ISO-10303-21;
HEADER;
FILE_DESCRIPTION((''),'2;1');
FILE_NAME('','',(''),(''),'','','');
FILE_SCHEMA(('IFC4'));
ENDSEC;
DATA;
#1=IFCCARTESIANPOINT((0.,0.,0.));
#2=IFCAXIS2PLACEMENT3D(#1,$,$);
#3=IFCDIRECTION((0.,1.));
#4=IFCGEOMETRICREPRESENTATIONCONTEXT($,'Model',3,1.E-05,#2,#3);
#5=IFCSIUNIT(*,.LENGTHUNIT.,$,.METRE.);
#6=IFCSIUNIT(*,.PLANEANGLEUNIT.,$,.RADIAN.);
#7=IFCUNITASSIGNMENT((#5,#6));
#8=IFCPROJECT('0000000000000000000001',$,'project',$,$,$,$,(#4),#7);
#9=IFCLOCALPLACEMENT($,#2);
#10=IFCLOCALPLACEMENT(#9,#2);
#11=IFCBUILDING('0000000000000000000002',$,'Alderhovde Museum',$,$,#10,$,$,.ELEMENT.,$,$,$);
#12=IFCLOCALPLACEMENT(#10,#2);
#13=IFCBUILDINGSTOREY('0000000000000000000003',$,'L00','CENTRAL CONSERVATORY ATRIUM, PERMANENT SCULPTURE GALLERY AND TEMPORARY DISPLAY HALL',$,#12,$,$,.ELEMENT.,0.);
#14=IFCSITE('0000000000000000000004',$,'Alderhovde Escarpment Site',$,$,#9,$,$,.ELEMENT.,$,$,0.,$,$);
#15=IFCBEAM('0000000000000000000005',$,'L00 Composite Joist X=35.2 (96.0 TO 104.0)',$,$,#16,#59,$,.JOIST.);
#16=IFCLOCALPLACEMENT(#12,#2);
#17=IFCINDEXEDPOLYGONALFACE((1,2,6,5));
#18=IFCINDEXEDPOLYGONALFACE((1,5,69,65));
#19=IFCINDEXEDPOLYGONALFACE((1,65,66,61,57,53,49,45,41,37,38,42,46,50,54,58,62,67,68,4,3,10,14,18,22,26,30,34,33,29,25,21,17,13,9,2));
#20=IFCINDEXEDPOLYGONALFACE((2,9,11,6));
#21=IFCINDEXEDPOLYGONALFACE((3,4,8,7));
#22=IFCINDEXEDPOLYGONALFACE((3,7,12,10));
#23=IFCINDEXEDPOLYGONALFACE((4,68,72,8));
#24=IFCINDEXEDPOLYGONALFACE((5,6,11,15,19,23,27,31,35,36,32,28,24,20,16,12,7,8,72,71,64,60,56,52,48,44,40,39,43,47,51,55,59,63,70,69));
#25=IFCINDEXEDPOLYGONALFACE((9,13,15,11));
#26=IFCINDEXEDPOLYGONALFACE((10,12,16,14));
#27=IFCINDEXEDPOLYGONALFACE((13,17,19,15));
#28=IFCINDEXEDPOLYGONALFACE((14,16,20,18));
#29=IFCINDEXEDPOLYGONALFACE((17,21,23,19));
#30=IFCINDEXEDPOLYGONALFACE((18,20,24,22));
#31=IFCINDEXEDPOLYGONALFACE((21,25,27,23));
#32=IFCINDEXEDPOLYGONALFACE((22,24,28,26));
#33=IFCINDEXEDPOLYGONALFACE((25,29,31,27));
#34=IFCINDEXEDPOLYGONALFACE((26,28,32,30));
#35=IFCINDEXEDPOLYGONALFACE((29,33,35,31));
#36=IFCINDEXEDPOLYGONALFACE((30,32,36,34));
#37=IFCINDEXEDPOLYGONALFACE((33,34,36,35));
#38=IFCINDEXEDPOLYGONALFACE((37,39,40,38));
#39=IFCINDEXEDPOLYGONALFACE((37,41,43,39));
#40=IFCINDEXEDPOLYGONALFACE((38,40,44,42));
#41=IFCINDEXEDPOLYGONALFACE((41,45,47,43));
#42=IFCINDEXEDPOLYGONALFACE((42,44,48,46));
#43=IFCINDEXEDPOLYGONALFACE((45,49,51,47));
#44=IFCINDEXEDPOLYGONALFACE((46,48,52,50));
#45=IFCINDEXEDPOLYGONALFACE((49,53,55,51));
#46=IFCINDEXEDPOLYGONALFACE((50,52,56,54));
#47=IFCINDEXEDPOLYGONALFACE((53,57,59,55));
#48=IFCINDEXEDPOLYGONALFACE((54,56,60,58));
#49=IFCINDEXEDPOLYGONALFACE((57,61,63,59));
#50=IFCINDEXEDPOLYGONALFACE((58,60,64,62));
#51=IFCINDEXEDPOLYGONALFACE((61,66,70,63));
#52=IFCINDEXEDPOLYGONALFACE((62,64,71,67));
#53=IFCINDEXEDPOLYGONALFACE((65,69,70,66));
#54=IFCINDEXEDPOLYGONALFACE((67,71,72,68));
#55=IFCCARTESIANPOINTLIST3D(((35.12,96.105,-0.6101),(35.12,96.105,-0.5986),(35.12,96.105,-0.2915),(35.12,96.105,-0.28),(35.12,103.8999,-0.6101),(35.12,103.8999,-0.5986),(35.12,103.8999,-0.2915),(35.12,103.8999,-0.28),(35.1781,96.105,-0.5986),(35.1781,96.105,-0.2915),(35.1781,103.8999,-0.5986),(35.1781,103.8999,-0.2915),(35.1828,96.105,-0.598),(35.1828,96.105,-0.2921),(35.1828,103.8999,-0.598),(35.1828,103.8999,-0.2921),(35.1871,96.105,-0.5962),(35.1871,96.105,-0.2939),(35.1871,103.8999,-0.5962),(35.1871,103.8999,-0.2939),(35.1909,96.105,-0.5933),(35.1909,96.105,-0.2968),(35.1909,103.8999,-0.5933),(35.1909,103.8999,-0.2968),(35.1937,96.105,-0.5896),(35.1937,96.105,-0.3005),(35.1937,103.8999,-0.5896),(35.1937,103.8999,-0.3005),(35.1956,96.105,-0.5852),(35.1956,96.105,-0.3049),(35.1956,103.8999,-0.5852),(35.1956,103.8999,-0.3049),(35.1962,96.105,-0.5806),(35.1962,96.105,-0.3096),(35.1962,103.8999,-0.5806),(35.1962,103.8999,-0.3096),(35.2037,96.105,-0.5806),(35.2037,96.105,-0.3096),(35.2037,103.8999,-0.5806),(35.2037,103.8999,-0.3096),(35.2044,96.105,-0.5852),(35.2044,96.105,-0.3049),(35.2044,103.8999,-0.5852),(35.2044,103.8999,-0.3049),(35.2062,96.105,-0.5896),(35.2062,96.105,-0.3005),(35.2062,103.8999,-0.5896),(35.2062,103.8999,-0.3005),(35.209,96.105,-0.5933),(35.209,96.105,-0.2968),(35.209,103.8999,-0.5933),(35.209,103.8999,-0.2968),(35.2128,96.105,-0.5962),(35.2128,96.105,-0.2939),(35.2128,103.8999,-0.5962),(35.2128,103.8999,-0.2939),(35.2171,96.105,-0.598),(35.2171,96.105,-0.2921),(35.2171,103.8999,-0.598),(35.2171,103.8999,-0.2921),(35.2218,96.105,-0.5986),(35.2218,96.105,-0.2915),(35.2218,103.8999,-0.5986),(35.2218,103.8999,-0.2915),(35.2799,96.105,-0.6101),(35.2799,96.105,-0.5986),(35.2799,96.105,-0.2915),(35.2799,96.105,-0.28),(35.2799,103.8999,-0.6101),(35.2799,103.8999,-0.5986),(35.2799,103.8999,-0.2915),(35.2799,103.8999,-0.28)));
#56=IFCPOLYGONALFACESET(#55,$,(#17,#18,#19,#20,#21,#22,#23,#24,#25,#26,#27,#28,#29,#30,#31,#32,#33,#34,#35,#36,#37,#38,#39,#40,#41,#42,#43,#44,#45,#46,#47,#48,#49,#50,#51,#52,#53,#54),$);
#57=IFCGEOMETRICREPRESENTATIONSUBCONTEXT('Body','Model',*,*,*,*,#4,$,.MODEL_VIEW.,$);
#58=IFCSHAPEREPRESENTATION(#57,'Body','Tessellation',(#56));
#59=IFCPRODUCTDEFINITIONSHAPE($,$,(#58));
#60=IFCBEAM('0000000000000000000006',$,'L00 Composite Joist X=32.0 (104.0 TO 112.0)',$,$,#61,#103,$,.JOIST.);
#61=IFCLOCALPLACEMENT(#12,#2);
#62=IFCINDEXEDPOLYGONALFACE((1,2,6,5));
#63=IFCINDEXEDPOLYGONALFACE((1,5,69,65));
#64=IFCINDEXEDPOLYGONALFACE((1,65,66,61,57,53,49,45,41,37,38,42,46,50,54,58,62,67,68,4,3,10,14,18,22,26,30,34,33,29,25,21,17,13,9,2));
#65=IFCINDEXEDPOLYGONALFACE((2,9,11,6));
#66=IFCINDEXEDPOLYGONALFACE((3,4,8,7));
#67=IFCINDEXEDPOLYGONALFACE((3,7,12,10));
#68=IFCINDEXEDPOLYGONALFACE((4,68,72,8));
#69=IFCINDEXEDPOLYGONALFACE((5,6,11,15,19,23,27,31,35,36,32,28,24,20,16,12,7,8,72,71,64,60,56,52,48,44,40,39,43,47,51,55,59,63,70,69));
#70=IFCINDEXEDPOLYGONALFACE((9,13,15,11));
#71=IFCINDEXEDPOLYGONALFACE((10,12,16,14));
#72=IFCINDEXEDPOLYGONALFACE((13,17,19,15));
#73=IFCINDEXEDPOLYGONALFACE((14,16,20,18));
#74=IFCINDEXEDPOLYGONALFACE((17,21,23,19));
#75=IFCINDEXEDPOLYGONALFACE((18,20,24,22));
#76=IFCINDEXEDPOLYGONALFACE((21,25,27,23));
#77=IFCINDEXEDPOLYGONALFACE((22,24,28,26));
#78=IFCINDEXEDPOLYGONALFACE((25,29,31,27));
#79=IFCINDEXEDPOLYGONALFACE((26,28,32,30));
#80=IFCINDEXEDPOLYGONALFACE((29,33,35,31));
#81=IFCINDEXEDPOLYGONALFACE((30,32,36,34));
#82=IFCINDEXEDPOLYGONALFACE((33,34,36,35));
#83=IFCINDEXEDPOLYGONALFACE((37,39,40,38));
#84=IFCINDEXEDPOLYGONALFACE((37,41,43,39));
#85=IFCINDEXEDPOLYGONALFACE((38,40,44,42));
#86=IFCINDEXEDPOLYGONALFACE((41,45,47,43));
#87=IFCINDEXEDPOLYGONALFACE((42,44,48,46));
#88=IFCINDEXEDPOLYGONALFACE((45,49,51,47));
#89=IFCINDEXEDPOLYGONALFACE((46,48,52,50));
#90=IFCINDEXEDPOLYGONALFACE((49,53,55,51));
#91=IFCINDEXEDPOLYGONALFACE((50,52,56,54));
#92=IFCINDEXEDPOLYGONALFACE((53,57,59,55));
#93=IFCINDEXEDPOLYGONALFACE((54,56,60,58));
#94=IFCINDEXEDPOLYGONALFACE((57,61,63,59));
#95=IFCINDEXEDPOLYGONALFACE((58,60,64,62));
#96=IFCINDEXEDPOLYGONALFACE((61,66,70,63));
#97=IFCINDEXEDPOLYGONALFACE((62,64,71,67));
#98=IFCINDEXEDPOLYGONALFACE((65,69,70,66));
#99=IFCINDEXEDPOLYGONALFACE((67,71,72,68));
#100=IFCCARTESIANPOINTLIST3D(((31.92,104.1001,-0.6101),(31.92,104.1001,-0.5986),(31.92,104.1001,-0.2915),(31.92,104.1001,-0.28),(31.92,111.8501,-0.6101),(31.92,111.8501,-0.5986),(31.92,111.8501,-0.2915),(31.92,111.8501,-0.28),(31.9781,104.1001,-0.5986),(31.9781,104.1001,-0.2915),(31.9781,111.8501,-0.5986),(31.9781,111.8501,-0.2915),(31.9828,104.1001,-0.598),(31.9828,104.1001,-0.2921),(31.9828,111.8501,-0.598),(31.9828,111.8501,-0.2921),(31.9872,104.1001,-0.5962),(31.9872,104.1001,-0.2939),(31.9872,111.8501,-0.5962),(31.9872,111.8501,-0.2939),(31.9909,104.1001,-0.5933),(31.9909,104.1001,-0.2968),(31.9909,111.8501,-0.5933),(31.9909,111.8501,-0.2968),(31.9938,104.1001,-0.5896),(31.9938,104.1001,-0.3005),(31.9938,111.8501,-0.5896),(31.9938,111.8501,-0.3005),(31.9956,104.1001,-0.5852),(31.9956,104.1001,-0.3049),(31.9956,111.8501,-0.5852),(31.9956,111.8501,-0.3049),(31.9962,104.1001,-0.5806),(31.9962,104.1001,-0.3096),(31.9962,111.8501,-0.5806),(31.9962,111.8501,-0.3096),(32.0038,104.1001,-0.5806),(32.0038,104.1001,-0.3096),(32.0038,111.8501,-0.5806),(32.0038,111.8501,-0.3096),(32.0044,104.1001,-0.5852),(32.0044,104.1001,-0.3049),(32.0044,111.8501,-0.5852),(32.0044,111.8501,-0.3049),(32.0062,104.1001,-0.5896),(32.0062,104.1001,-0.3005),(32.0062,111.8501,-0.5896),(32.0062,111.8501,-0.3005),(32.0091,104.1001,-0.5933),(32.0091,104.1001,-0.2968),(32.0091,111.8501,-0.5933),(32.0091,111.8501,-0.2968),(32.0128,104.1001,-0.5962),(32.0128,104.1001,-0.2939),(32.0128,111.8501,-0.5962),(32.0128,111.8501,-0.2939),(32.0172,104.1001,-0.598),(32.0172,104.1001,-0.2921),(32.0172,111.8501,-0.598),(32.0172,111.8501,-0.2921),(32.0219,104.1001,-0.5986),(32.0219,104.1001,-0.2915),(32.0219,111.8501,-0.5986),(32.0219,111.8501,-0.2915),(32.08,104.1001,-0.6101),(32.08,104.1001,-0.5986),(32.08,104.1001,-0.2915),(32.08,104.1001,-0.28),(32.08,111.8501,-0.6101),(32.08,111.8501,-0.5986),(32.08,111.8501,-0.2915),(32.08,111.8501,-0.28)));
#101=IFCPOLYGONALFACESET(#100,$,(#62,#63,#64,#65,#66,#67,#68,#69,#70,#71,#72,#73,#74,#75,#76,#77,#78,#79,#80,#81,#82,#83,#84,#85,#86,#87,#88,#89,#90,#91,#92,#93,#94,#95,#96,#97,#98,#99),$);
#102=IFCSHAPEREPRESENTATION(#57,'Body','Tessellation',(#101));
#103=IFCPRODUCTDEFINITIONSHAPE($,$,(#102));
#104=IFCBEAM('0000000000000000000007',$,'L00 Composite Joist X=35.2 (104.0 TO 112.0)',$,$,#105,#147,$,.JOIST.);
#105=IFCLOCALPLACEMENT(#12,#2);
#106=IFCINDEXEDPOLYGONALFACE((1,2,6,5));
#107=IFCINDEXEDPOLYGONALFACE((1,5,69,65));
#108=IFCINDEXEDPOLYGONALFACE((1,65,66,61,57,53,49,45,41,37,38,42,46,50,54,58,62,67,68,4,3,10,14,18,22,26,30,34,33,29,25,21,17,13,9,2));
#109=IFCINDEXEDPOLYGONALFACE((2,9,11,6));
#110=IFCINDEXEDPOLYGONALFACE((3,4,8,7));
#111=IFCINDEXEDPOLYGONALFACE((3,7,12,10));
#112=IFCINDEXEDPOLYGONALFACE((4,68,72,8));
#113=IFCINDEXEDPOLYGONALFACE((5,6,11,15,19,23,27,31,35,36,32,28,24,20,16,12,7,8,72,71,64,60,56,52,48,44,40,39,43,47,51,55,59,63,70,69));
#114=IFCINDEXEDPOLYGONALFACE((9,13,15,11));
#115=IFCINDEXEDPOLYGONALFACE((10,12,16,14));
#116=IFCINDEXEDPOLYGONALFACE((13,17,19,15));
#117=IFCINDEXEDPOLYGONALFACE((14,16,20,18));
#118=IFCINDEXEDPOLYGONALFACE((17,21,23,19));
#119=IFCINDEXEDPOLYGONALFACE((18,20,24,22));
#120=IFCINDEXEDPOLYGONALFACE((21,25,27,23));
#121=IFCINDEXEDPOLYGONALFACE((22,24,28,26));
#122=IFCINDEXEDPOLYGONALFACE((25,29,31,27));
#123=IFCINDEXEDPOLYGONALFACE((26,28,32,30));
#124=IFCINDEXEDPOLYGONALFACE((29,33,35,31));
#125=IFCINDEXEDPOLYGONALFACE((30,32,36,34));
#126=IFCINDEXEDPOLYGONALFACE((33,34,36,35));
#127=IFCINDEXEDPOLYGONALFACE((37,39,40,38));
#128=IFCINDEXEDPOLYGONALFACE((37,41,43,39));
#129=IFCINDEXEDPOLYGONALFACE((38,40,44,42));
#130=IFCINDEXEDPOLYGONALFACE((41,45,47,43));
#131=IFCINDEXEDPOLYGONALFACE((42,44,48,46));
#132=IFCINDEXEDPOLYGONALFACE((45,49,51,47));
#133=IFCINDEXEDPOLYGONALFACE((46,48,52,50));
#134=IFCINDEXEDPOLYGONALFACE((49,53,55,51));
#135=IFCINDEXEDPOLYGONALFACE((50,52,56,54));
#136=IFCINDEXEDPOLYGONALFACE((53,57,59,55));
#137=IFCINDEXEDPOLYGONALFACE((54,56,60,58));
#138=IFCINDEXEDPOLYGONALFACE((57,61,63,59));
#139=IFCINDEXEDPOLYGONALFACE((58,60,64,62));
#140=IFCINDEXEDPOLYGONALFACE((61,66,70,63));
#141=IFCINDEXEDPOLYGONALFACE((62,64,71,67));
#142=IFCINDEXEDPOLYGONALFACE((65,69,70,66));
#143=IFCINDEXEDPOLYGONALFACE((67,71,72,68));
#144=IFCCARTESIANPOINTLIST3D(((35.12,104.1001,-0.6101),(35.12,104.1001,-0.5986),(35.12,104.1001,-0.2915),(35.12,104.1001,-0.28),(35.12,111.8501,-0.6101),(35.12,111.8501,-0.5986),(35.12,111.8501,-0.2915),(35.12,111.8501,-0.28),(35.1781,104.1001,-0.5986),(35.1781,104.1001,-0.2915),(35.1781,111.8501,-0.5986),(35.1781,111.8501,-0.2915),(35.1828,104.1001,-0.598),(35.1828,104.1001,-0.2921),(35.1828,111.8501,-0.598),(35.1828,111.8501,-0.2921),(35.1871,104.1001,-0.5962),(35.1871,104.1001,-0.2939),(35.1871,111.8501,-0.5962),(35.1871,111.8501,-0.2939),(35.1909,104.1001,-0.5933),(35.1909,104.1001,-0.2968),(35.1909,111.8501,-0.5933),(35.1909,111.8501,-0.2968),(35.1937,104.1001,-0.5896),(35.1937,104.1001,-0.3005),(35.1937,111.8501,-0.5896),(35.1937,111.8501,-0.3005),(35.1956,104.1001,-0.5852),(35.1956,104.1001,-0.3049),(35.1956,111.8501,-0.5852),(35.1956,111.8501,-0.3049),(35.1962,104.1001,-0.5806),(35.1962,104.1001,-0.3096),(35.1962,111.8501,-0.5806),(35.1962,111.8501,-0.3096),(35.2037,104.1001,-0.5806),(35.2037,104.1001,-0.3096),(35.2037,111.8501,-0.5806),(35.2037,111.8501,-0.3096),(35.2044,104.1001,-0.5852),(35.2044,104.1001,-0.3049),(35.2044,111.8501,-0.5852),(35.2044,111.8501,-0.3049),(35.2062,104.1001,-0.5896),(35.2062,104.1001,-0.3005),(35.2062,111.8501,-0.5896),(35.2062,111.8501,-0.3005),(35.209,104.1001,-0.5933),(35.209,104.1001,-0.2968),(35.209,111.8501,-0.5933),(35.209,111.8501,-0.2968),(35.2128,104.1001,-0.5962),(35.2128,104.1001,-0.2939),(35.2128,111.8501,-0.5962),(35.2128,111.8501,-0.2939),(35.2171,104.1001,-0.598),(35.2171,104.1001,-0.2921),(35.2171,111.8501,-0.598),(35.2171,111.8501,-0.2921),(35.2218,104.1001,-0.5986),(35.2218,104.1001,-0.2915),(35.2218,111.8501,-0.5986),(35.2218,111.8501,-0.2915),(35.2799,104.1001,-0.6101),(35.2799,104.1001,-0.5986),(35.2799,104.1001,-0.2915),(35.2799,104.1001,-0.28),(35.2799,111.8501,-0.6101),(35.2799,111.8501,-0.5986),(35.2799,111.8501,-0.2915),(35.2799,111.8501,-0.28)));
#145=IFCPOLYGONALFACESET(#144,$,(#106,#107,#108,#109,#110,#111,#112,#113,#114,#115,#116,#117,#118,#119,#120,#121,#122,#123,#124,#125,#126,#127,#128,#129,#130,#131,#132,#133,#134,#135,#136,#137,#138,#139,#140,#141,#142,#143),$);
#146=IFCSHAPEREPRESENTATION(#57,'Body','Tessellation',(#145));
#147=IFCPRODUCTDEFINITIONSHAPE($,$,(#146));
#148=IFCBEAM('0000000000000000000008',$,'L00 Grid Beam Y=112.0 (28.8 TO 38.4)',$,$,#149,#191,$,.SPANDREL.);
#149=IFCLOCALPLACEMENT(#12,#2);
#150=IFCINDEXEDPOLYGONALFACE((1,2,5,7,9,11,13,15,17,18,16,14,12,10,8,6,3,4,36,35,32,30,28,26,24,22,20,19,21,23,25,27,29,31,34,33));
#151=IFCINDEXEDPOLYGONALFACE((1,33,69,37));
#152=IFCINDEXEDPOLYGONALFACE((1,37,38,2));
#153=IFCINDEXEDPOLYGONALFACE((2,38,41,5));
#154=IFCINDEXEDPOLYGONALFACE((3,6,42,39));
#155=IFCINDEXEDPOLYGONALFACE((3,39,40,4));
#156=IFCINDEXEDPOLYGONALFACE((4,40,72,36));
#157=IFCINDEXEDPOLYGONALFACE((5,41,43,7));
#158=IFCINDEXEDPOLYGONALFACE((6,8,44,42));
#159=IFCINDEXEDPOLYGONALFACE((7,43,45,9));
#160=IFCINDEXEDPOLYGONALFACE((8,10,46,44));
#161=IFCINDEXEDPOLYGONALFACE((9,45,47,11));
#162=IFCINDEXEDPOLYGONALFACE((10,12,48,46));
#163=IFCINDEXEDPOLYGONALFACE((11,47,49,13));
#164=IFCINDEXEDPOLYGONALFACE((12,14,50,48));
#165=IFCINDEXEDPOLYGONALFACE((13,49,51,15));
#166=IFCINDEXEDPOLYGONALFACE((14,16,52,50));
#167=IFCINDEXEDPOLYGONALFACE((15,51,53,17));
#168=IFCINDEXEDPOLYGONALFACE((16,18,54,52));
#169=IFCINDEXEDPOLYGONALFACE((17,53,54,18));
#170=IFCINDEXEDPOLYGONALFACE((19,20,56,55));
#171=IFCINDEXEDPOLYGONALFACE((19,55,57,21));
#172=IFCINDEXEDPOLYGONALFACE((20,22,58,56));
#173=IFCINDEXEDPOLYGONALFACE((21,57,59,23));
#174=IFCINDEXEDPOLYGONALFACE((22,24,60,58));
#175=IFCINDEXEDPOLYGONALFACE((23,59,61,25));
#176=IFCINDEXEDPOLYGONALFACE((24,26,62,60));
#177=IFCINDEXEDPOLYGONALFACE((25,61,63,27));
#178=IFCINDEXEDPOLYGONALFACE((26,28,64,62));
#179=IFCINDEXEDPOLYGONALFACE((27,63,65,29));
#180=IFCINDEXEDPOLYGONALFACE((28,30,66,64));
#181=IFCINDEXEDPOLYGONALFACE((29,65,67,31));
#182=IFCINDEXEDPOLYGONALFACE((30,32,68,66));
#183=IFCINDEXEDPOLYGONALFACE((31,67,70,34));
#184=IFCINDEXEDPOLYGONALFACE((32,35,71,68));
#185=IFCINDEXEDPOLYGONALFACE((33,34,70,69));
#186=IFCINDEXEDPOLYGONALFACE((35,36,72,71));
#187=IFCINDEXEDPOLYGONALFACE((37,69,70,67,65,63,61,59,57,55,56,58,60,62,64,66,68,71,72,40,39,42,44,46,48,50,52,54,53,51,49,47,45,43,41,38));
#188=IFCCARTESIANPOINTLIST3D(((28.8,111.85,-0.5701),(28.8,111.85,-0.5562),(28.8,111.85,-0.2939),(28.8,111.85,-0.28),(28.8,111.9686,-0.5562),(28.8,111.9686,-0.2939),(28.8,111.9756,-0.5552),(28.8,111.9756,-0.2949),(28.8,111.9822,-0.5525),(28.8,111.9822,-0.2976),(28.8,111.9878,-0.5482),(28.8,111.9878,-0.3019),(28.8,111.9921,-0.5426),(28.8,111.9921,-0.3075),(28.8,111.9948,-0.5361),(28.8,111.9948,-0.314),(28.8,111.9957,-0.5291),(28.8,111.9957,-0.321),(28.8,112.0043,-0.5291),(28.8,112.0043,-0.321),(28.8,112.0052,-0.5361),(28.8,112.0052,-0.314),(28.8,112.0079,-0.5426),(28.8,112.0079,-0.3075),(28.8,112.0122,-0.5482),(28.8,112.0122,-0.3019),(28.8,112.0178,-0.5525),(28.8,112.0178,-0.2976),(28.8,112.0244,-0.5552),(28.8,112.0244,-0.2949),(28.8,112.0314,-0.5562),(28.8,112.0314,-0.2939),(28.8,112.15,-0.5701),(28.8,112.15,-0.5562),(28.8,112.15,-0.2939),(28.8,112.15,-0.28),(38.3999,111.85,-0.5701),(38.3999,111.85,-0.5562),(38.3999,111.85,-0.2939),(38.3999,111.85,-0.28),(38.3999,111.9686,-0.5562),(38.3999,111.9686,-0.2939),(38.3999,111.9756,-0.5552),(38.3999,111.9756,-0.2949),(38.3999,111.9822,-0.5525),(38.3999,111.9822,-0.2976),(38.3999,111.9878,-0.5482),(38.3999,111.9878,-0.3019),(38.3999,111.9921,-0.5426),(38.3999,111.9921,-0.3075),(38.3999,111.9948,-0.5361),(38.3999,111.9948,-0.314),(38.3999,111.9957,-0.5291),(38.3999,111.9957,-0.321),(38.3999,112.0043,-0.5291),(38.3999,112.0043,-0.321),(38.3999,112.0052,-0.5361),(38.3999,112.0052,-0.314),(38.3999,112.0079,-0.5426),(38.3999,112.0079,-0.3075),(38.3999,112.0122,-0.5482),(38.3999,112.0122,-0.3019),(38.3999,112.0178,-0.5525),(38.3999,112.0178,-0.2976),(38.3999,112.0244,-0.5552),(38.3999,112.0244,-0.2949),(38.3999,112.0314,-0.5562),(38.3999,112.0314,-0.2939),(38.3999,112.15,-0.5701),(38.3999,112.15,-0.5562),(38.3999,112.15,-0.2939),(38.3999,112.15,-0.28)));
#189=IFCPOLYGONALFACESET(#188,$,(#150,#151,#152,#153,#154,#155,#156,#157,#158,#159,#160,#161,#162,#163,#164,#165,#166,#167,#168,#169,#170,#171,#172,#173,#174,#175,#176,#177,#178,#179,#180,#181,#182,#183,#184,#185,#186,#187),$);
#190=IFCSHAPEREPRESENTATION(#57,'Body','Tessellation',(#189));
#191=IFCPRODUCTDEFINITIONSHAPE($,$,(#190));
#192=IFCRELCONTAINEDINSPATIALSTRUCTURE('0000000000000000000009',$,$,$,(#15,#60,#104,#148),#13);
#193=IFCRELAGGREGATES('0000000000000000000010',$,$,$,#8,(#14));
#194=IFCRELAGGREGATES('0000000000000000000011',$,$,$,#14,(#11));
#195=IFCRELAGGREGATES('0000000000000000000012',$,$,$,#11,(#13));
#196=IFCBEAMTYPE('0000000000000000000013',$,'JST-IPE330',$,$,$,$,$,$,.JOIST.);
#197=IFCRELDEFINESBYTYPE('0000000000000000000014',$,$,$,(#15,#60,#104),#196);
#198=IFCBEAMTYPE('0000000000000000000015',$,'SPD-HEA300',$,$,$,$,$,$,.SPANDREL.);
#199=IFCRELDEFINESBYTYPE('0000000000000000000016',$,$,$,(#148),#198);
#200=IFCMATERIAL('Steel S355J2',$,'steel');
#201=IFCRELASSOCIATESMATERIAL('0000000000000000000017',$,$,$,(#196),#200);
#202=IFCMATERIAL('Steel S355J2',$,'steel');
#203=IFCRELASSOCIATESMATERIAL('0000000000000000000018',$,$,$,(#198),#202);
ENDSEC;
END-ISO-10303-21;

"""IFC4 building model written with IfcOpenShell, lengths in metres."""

from ifc_helpers import new_model, si_unit, direction, frame, origin, origin_2d, place, context, subcontext, project, spatial, i_section, extrude, material, material_profile, profile_set, type_object, element, save


model = new_model("IFC4")

# Units and contexts
model_context = context("Model", 3, precision=1e-05, world=origin(), true_north=direction((0.0, 1.0)))
body_context = subcontext(model_context, "Body", "Model", "MODEL_VIEW")
ifc_project = project(units=[si_unit("LENGTHUNIT", "METRE"), si_unit("PLANEANGLEUNIT", "RADIAN")], contexts=[model_context])

# Site, building, storey
site_placement = place(None, origin())
site = spatial("IfcSite", under=ifc_project, at=site_placement, Name="Alderhovde Escarpment Site", CompositionType="ELEMENT", RefElevation=0.0)
building_placement = place(site_placement, origin())
building = spatial("IfcBuilding", under=site, at=building_placement, Name="Alderhovde Museum", CompositionType="ELEMENT")
storey_placement = place(building_placement, origin())
storey = spatial("IfcBuildingStorey", under=building, at=storey_placement, Name="L00", Description="CENTRAL CONSERVATORY ATRIUM, PERMANENT SCULPTURE GALLERY AND TEMPORARY DISPLAY HALL", CompositionType="ELEMENT", Elevation=0.0)

# Beams
ifc_material_1 = material(Name="Steel S355J2", Category="steel")
ifc_material_profile_1 = material_profile(ifc_material_1, i_section(OverallWidth=0.1599, OverallDepth=0.3301, WebThickness=0.0076, FlangeThickness=0.0115, FilletRadius=0.0181, at=origin_2d()), Name="IPE 330")
ifc_profile_set_1 = profile_set([ifc_material_profile_1], Name="Steel S355J2")
beam_type_1 = type_object("IfcBeamType", Name="JST-IPE330", PredefinedType="JOIST", material=ifc_profile_set_1)
for number, where, z_axis, x_axis, name in (
    (1, (35.2, 96.105, -0.4451), (0.0, 1.0, 0.0), (-1.0, 0.0, 0.0), "L00 Composite Joist X=35.2 (96.0 TO 104.0)"),
):
    element("IfcBeam", number, at=place(storey_placement, frame(where, z_axis=z_axis, x_axis=x_axis)), inside=storey, type_object=beam_type_1, Name=name, PredefinedType="JOIST", context=body_context, shape_type="SweptSolid", body=[
        extrude(i_section(OverallWidth=0.1599, OverallDepth=0.3301, WebThickness=0.0076, FlangeThickness=0.0115, FilletRadius=0.0181, at=origin_2d()), origin(), (0.0, 0.0, 1.0), 7.7949),
    ])
for number, where, z_axis, x_axis, name in (
    (2, (32.0, 104.1001, -0.4451), (0.0, 1.0, 0.0), (-1.0, 0.0, 0.0), "L00 Composite Joist X=32.0 (104.0 TO 112.0)"),
    (3, (35.2, 104.1001, -0.4451), (0.0, 1.0, 0.0), (-1.0, 0.0, 0.0), "L00 Composite Joist X=35.2 (104.0 TO 112.0)"),
):
    element("IfcBeam", number, at=place(storey_placement, frame(where, z_axis=z_axis, x_axis=x_axis)), inside=storey, type_object=beam_type_1, Name=name, PredefinedType="JOIST", context=body_context, shape_type="SweptSolid", body=[
        extrude(i_section(OverallWidth=0.1599, OverallDepth=0.3301, WebThickness=0.0076, FlangeThickness=0.0115, FilletRadius=0.0181, at=origin_2d()), origin(), (0.0, 0.0, 1.0), 7.75),
    ])
ifc_material_2 = material(Name="Steel S355J2", Category="steel")
ifc_material_profile_2 = material_profile(ifc_material_2, i_section(OverallWidth=0.3, OverallDepth=0.29, WebThickness=0.0085, FlangeThickness=0.0139, FilletRadius=0.0271, at=origin_2d()), Name="HEA 300")
ifc_profile_set_2 = profile_set([ifc_material_profile_2], Name="Steel S355J2")
beam_type_2 = type_object("IfcBeamType", Name="SPD-HEA300", PredefinedType="SPANDREL", material=ifc_profile_set_2)
beam_1_placement = place(storey_placement, frame((28.8, 112.0, -0.425), z_axis=(1.0, 0.0, 0.0), x_axis=(0.0, 1.0, 0.0)))
element("IfcBeam", 4, at=beam_1_placement, inside=storey, type_object=beam_type_2, Name="L00 Grid Beam Y=112.0 (28.8 TO 38.4)", PredefinedType="SPANDREL", context=body_context, shape_type="SweptSolid", body=[
    extrude(i_section(OverallWidth=0.3, OverallDepth=0.29, WebThickness=0.0085, FlangeThickness=0.0139, FilletRadius=0.0271, at=origin_2d()), origin(), (0.0, 0.0, 1.0), 9.5999),
])

save(model, "model.ifc")
